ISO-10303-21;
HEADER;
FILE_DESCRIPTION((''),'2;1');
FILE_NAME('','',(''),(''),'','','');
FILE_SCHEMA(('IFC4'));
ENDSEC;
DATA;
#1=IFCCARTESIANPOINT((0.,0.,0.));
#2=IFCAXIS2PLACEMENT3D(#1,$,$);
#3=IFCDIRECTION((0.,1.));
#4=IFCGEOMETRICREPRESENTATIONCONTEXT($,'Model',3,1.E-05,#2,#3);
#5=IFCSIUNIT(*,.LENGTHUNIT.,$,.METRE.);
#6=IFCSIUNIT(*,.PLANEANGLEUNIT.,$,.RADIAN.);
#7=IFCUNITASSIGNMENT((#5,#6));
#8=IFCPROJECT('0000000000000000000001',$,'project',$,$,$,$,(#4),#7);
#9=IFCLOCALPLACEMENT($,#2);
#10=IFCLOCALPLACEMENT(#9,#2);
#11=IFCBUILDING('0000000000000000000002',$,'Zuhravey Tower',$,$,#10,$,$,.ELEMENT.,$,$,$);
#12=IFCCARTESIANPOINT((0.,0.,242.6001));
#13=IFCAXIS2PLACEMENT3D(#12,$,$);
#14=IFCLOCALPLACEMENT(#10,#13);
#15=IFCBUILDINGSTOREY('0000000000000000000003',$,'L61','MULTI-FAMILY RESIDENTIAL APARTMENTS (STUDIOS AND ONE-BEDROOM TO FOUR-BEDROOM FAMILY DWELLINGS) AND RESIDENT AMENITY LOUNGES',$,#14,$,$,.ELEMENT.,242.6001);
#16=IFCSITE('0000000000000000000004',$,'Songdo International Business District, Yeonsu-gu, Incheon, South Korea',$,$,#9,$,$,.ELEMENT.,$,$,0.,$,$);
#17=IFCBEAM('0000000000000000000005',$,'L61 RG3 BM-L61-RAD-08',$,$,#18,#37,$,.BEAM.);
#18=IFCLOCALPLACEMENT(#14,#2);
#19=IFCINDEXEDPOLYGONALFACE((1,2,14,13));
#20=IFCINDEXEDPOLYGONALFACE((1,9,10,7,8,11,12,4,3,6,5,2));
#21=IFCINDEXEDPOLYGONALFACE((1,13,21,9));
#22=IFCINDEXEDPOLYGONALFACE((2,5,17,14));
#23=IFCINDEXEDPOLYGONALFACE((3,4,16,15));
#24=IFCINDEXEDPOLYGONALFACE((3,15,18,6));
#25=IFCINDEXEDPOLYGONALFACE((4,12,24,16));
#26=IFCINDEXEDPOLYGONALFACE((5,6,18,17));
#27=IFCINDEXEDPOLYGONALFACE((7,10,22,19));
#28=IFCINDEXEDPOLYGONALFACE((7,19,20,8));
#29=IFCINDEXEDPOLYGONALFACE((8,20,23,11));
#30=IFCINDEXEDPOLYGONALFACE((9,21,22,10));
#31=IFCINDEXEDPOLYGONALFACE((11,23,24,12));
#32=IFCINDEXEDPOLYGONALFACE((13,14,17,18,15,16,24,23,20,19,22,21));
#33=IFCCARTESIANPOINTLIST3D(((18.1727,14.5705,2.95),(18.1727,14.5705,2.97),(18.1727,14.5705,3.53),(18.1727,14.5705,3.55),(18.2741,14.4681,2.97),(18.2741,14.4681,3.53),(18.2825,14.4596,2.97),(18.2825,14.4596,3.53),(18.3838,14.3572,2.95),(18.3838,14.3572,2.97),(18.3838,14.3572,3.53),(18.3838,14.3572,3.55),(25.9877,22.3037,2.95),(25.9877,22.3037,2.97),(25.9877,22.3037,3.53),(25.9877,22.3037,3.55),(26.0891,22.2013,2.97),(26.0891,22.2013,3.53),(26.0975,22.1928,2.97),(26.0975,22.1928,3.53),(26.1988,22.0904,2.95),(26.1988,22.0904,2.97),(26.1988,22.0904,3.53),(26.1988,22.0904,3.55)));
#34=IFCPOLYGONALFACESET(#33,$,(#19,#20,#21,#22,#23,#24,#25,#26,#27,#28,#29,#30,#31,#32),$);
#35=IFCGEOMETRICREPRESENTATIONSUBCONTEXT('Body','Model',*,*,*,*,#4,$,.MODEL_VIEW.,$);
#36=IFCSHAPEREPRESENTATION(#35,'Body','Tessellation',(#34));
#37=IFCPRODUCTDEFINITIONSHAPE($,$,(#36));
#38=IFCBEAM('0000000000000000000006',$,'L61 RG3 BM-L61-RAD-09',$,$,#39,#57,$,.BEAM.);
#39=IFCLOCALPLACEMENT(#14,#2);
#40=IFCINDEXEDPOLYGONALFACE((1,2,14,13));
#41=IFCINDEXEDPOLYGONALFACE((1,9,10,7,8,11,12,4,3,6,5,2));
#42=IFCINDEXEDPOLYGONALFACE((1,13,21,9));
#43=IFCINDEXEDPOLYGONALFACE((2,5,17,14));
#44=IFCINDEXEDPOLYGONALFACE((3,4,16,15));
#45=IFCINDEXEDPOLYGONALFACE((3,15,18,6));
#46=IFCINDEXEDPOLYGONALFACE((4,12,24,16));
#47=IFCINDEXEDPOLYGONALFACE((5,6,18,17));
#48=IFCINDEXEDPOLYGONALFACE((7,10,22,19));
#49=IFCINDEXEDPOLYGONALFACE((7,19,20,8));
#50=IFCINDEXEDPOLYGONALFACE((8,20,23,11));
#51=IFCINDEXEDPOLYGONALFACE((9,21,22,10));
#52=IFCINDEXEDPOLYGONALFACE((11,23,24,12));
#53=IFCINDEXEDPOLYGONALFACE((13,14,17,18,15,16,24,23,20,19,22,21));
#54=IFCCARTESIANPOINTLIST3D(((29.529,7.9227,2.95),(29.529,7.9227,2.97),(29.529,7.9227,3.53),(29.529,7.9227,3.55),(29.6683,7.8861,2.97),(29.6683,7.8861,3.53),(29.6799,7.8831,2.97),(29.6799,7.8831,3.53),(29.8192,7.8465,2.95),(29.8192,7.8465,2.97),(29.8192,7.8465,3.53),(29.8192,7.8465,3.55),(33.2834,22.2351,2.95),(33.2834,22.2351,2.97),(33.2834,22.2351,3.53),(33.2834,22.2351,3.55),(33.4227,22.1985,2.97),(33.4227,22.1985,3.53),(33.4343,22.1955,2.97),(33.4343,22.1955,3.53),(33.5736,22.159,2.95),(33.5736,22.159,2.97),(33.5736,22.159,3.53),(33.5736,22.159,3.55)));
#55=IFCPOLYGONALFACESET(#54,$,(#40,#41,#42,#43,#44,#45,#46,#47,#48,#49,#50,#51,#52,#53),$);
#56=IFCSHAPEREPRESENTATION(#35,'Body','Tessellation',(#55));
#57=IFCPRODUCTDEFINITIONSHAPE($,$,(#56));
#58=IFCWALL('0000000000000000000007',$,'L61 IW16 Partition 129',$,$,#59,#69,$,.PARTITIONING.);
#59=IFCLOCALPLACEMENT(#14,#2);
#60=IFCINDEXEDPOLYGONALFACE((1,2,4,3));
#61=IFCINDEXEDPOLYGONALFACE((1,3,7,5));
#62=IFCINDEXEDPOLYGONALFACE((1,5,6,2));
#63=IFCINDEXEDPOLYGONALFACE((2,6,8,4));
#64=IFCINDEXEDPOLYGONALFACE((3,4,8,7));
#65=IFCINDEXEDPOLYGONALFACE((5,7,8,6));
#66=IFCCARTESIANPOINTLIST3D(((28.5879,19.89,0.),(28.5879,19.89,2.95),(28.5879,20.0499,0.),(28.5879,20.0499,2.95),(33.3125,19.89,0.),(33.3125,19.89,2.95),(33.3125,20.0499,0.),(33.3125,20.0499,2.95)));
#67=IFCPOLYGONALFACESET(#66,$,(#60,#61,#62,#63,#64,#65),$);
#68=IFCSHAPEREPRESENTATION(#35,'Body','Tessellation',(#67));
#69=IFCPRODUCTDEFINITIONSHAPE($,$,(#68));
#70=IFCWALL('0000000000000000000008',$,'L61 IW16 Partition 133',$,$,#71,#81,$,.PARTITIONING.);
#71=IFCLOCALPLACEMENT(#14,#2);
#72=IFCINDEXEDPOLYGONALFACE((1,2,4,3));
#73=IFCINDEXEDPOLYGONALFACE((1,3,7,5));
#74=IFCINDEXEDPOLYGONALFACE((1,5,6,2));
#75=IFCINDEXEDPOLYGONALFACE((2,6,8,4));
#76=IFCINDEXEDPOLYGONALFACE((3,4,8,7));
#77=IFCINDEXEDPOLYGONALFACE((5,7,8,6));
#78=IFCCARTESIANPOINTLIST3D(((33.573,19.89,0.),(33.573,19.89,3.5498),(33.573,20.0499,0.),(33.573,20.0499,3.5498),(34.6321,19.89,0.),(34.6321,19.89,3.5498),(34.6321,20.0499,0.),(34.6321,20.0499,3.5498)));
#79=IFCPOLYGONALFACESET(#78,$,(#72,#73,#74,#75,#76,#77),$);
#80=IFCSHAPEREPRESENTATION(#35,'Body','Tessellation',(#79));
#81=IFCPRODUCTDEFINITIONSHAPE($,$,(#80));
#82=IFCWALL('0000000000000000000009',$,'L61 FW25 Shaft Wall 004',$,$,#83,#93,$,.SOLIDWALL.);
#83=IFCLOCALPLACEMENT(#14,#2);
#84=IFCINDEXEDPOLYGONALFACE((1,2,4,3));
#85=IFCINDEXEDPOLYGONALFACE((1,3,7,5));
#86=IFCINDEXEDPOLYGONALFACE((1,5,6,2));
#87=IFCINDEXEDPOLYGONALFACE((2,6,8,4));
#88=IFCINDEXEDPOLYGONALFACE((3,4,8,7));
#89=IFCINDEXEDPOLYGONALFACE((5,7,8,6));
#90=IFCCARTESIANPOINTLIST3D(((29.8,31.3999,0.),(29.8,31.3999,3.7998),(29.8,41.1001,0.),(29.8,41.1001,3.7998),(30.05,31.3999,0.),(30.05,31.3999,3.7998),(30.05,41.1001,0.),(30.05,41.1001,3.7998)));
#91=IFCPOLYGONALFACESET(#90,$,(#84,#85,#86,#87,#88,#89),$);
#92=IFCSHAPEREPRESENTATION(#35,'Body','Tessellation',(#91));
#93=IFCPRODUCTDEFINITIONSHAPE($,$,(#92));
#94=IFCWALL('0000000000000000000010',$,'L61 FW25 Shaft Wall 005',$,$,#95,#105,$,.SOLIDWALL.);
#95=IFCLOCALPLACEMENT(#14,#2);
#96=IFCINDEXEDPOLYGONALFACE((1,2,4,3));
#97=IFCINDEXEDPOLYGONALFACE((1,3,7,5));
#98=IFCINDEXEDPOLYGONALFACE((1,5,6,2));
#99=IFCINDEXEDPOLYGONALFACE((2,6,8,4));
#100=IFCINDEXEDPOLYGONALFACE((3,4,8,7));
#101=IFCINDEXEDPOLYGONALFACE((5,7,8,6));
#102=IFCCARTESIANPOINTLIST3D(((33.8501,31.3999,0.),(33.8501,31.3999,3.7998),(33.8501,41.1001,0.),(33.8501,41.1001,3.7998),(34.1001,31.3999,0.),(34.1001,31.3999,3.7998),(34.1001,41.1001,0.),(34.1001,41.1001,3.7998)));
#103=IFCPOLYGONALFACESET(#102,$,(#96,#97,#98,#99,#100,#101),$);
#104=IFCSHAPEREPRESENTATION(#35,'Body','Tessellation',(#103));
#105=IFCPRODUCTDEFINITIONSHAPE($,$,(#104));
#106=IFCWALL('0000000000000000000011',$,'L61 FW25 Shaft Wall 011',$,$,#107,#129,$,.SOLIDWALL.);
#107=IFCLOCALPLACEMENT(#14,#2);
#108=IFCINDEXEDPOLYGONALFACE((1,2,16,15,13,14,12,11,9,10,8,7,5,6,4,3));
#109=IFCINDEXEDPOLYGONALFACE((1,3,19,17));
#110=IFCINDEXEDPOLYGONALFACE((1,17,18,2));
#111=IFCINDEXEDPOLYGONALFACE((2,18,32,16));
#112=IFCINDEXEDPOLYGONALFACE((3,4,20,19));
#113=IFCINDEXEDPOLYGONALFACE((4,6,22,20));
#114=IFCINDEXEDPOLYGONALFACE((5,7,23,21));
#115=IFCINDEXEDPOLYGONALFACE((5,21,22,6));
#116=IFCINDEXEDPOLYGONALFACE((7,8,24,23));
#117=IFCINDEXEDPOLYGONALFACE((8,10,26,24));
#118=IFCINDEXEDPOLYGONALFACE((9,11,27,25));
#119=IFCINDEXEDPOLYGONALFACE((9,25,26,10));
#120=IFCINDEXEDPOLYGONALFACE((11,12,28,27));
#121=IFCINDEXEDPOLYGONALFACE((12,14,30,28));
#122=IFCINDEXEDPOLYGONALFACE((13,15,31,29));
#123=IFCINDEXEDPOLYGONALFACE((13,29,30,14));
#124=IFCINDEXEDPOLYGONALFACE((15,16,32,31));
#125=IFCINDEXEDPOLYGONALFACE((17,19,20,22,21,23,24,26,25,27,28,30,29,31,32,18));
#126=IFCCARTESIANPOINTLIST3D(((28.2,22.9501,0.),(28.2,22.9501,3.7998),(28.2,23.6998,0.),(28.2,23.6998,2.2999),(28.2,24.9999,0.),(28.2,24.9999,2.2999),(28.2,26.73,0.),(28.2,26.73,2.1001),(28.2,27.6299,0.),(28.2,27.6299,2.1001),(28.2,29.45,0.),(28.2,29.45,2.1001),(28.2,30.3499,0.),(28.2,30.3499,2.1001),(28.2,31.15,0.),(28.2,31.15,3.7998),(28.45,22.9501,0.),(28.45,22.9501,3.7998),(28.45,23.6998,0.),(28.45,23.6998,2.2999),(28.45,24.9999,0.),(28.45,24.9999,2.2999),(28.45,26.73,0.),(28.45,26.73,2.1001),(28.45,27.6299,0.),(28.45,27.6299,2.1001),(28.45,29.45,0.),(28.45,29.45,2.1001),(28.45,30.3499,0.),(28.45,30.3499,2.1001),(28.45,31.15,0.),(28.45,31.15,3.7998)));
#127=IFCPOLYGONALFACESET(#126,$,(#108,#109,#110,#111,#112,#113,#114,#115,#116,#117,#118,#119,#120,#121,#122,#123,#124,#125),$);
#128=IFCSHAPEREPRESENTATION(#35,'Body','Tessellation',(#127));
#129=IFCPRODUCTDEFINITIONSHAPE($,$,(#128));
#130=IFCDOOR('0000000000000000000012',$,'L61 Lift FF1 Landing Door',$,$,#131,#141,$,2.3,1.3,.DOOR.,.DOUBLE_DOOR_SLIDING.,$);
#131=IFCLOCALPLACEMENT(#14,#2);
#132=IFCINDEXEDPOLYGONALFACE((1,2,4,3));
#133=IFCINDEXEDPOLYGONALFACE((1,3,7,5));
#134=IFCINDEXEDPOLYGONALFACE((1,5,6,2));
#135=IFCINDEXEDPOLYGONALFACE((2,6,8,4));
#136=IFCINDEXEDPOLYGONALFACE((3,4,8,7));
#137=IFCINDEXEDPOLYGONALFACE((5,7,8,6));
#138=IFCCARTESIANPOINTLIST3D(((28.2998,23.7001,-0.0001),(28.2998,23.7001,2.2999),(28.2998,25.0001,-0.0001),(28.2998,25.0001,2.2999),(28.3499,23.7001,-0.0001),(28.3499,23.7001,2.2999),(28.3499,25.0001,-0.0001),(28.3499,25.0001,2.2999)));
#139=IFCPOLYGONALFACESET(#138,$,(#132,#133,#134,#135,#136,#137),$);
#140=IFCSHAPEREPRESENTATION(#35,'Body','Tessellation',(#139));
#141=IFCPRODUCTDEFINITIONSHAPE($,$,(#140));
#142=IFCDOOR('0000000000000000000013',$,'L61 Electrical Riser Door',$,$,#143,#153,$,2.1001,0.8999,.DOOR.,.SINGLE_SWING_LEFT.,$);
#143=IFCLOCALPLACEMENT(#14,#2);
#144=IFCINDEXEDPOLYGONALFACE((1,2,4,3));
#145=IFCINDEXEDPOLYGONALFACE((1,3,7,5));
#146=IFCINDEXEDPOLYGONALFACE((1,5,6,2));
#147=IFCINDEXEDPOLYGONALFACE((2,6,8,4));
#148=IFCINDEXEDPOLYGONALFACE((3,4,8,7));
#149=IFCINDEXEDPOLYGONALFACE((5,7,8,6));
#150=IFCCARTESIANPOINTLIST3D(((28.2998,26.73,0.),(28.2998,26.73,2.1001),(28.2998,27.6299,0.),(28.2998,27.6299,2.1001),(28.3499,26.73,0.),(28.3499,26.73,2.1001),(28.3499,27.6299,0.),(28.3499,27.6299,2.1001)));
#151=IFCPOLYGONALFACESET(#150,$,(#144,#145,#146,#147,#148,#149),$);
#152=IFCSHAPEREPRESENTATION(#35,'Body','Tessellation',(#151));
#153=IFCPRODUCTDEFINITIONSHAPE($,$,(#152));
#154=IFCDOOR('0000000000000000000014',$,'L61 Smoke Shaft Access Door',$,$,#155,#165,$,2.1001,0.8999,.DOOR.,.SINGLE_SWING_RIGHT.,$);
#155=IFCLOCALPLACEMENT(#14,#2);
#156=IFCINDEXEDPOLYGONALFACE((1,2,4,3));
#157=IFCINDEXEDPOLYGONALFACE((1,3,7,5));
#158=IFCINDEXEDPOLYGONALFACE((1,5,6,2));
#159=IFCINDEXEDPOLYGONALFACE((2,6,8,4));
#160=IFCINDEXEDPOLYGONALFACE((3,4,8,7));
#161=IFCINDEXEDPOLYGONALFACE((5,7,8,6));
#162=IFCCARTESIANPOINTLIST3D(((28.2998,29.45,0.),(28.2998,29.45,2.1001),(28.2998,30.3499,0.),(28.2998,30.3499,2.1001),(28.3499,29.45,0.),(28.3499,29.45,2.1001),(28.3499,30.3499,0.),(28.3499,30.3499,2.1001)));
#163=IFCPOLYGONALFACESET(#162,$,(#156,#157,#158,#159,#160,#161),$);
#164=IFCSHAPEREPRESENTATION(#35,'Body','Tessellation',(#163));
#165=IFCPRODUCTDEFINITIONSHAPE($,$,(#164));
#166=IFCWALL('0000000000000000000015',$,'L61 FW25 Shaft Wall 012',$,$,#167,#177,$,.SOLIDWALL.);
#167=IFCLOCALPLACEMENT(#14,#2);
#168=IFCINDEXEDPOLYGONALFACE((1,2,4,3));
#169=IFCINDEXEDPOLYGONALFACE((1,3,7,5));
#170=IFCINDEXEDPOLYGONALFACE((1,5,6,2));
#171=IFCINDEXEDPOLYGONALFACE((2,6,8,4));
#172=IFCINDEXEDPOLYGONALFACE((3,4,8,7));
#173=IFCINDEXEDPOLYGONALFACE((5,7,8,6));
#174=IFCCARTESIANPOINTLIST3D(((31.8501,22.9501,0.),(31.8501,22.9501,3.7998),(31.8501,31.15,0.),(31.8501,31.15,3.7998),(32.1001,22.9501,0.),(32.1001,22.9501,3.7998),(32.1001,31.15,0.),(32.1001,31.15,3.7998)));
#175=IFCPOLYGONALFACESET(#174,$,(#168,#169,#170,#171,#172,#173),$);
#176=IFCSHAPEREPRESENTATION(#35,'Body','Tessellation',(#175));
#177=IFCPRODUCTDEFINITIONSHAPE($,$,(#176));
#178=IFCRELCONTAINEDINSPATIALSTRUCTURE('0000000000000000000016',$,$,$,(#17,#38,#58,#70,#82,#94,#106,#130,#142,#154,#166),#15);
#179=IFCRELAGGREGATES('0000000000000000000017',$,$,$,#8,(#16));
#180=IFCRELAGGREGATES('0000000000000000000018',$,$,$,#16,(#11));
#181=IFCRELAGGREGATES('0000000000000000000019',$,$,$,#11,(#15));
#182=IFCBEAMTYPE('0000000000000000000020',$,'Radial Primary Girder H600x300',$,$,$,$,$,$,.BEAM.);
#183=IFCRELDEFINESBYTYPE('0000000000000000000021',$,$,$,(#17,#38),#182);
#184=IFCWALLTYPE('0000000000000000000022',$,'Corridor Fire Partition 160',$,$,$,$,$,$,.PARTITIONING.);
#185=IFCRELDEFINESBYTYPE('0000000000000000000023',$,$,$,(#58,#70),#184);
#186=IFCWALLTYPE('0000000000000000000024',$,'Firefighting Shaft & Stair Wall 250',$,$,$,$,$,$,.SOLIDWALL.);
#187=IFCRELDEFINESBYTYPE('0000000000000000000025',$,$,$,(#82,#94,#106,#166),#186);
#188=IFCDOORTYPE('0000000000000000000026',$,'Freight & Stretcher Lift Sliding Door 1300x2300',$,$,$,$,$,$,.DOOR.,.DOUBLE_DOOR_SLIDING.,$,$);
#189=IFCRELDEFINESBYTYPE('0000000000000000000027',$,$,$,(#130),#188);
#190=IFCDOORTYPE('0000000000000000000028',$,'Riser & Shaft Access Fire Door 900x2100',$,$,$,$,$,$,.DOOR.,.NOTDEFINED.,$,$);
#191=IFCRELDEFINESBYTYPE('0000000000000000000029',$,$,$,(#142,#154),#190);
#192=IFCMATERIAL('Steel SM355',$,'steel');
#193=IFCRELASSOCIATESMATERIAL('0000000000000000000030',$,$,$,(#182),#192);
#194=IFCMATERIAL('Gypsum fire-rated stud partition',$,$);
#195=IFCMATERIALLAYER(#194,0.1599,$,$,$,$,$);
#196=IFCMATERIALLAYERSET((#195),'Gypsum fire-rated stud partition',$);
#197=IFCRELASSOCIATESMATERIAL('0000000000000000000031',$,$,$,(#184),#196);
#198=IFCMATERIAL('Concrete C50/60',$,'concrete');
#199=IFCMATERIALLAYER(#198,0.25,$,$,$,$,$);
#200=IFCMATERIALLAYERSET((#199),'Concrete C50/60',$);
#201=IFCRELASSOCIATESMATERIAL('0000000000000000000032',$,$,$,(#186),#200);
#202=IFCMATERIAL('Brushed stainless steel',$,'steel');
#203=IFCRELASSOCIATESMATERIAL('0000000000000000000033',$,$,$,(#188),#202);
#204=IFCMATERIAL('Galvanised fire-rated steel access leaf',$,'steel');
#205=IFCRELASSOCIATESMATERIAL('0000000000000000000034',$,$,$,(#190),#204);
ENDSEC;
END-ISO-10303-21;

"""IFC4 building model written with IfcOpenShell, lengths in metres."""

from ifc_helpers import new_model, si_unit, direction, frame, frame_2d, origin, origin_2d, place, context, subcontext, project, spatial, rectangle, i_section, extrude, material, layer, layer_set, material_profile, profile_set, type_object, element, fill, save


model = new_model("IFC4")

# Units and contexts
model_context = context("Model", 3, precision=1e-05, world=origin(), true_north=direction((0.0, 1.0)))
body_context = subcontext(model_context, "Body", "Model", "MODEL_VIEW")
ifc_project = project(units=[si_unit("LENGTHUNIT", "METRE"), si_unit("PLANEANGLEUNIT", "RADIAN")], contexts=[model_context])

# Site, building, storey
site_placement = place(None, origin())
site = spatial("IfcSite", under=ifc_project, at=site_placement, Name="Songdo International Business District, Yeonsu-gu, Incheon, South Korea", CompositionType="ELEMENT", RefElevation=0.0)
building_placement = place(site_placement, origin())
building = spatial("IfcBuilding", under=site, at=building_placement, Name="Zuhravey Tower", CompositionType="ELEMENT")
storey_placement = place(building_placement, frame((0.0, 0.0, 242.6001)))
storey = spatial("IfcBuildingStorey", under=building, at=storey_placement, Name="L61", Description="MULTI-FAMILY RESIDENTIAL APARTMENTS (STUDIOS AND ONE-BEDROOM TO FOUR-BEDROOM FAMILY DWELLINGS) AND RESIDENT AMENITY LOUNGES", CompositionType="ELEMENT", Elevation=242.6001)

# Beams
ifc_material_1 = material(Name="Steel SM355", Category="steel")
ifc_material_profile = material_profile(ifc_material_1, i_section(OverallWidth=0.3, OverallDepth=0.6001, WebThickness=0.012, FlangeThickness=0.02, at=origin_2d()), Name="H-600x300x12x20")
ifc_profile_set = profile_set([ifc_material_profile], Name="Steel SM355")
beam_type = type_object("IfcBeamType", Name="Radial Primary Girder H600x300", PredefinedType="BEAM", material=ifc_profile_set)
beam_1_placement = place(storey_placement, frame((26.0933, 22.197, 3.25), z_axis=(-0.710817, -0.703377, 0.0), x_axis=(0.703377, -0.710817, 0.0)))
element("IfcBeam", 1, at=beam_1_placement, inside=storey, type_object=beam_type, Name="L61 RG3 BM-L61-RAD-08", PredefinedType="BEAM", context=body_context, shape_type="SweptSolid", body=[
    extrude(i_section(OverallWidth=0.3, OverallDepth=0.6001, WebThickness=0.012, FlangeThickness=0.02, at=origin_2d()), origin(), (0.0, 0.0, 1.0), 10.9944),
])
beam_2_placement = place(storey_placement, frame((33.4285, 22.197, 3.25), z_axis=(-0.253731, -0.967275, 0.0), x_axis=(0.967275, -0.253731, 0.0)))
element("IfcBeam", 2, at=beam_2_placement, inside=storey, type_object=beam_type, Name="L61 RG3 BM-L61-RAD-09", PredefinedType="BEAM", context=body_context, shape_type="SweptSolid", body=[
    extrude(i_section(OverallWidth=0.3, OverallDepth=0.6001, WebThickness=0.012, FlangeThickness=0.02, at=origin_2d()), origin(), (0.0, 0.0, 1.0), 14.7966),
])

# Walls
ifc_material_2 = material(Name="Gypsum fire-rated stud partition")
ifc_layer_1 = layer(ifc_material_2, 0.1599)
ifc_layer_set_1 = layer_set([ifc_layer_1], Name="Gypsum fire-rated stud partition")
wall_type_1 = type_object("IfcWallType", Name="Corridor Fire Partition 160", PredefinedType="PARTITIONING", material=ifc_layer_set_1)
wall_1_placement = place(storey_placement, frame((28.5879, 19.97, 0.0), z_axis=(0.0, 0.0, 1.0), x_axis=(1.0, 0.0, 0.0)))
element("IfcWall", 3, at=wall_1_placement, inside=storey, type_object=wall_type_1, Name="L61 IW16 Partition 129", PredefinedType="PARTITIONING", context=body_context, shape_type="SweptSolid", body=[
    extrude(rectangle(XDim=4.7246, YDim=0.1599, at=frame_2d((2.3623, 0.0))), origin(), (0.0, 0.0, 1.0), 2.95),
])
wall_2_placement = place(storey_placement, frame((33.573, 19.97, 0.0), z_axis=(0.0, 0.0, 1.0), x_axis=(1.0, 0.0, 0.0)))
element("IfcWall", 4, at=wall_2_placement, inside=storey, type_object=wall_type_1, Name="L61 IW16 Partition 133", PredefinedType="PARTITIONING", context=body_context, shape_type="SweptSolid", body=[
    extrude(rectangle(XDim=1.0591, YDim=0.1599, at=frame_2d((0.5295, 0.0))), origin(), (0.0, 0.0, 1.0), 3.5498),
])

# Shared definitions
ifc_material_3 = material(Name="Concrete C50/60", Category="concrete")
ifc_layer_2 = layer(ifc_material_3, 0.25)
ifc_layer_set_2 = layer_set([ifc_layer_2], Name="Concrete C50/60")
wall_type_2 = type_object("IfcWallType", Name="Firefighting Shaft & Stair Wall 250", PredefinedType="SOLIDWALL", material=ifc_layer_set_2)

# Walls
for number, where, z_axis, x_axis, name in (
    (5, (29.925, 31.3999, 0.0), (0.0, 0.0, 1.0), (0.0, 1.0, 0.0), "L61 FW25 Shaft Wall 004"),
    (6, (33.9751, 31.3999, 0.0), (0.0, 0.0, 1.0), (0.0, 1.0, 0.0), "L61 FW25 Shaft Wall 005"),
):
    element("IfcWall", number, at=place(storey_placement, frame(where, z_axis=z_axis, x_axis=x_axis)), inside=storey, type_object=wall_type_2, Name=name, PredefinedType="SOLIDWALL", context=body_context, shape_type="SweptSolid", body=[
        extrude(rectangle(XDim=9.7002, YDim=0.25, at=frame_2d((4.8501, 0.0))), origin(), (0.0, 0.0, 1.0), 3.7998),
    ])

# Wall, openings, doors
wall_3_placement = place(storey_placement, frame((28.325, 22.95, 0.0), z_axis=(0.0, 0.0, 1.0), x_axis=(0.0, 1.0, 0.0)))
wall_3 = element("IfcWall", 7, at=wall_3_placement, inside=storey, type_object=wall_type_2, Name="L61 FW25 Shaft Wall 011", PredefinedType="SOLIDWALL", context=body_context, shape_type="SweptSolid", body=[
    extrude(rectangle(XDim=8.2, YDim=0.25, at=frame_2d((4.1001, 0.0))), origin(), (0.0, 0.0, 1.0), 3.7998),
])
opening_1_placement = place(wall_3_placement, frame((0.75, 0.0, 0.0)))
opening_1 = element("IfcOpeningElement", 8, at=opening_1_placement, cuts=wall_3, PredefinedType="OPENING", context=body_context, shape_type="SweptSolid", body=[
    extrude(rectangle(XDim=1.3, YDim=2.3, at=frame_2d((0.6499, 1.1499))), frame((0.0, 0.137, 0.0), z_axis=(0.0, -1.0, 0.0), x_axis=(1.0, 0.0, 0.0)), (0.0, 0.0, 1.0), 0.2739),
])
opening_2_placement = place(wall_3_placement, frame((3.78, 0.0, 0.0)))
opening_2 = element("IfcOpeningElement", 9, at=opening_2_placement, cuts=wall_3, PredefinedType="OPENING", context=body_context, shape_type="SweptSolid", body=[
    extrude(rectangle(XDim=0.8999, YDim=2.1001, at=frame_2d((0.45, 1.05))), frame((0.0, 0.137, 0.0), z_axis=(0.0, -1.0, 0.0), x_axis=(1.0, 0.0, 0.0)), (0.0, 0.0, 1.0), 0.2739),
])
opening_3_placement = place(wall_3_placement, frame((6.5, 0.0, 0.0)))
opening_3 = element("IfcOpeningElement", 10, at=opening_3_placement, cuts=wall_3, PredefinedType="OPENING", context=body_context, shape_type="SweptSolid", body=[
    extrude(rectangle(XDim=0.8999, YDim=2.1001, at=frame_2d((0.45, 1.05))), frame((0.0, 0.137, 0.0), z_axis=(0.0, -1.0, 0.0), x_axis=(1.0, 0.0, 0.0)), (0.0, 0.0, 1.0), 0.2739),
])
ifc_material_4 = material(Name="Brushed stainless steel", Category="steel")
door_type_1 = type_object("IfcDoorType", Name="Freight & Stretcher Lift Sliding Door 1300x2300", OperationType="DOUBLE_DOOR_SLIDING", PredefinedType="DOOR", material=ifc_material_4)
door_1_placement = place(opening_1_placement, frame((1.3, 0.0, 0.0), z_axis=(0.0, 0.0, 1.0), x_axis=(-1.0, 0.0, 0.0)))
door_1 = element("IfcDoor", 11, at=door_1_placement, inside=storey, type_object=door_type_1, Name="L61 Lift FF1 Landing Door", OperationType="DOUBLE_DOOR_SLIDING", OverallHeight=2.3, OverallWidth=1.3, PredefinedType="DOOR", context=body_context, shape_type="SweptSolid", body=[
    extrude(rectangle(XDim=1.3, YDim=2.3, at=frame_2d((0.6499, 1.1499))), frame((0.0, 0.0249, 0.0), z_axis=(0.0, -1.0, 0.0), x_axis=(1.0, 0.0, 0.0)), (0.0, 0.0, 1.0), 0.05),
])
fill(opening_1, door_1)
ifc_material_5 = material(Name="Galvanised fire-rated steel access leaf", Category="steel")
door_type_2 = type_object("IfcDoorType", Name="Riser & Shaft Access Fire Door 900x2100", OperationType="NOTDEFINED", PredefinedType="DOOR", material=ifc_material_5)
door_2_placement = place(opening_2_placement, frame((0.8999, 0.0, 0.0), z_axis=(0.0, 0.0, 1.0), x_axis=(-1.0, 0.0, 0.0)))
door_2 = element("IfcDoor", 12, at=door_2_placement, inside=storey, type_object=door_type_2, Name="L61 Electrical Riser Door", OperationType="SINGLE_SWING_LEFT", OverallHeight=2.1001, OverallWidth=0.8999, PredefinedType="DOOR", context=body_context, shape_type="SweptSolid", body=[
    extrude(rectangle(XDim=0.8999, YDim=2.1001, at=frame_2d((0.45, 1.05))), frame((0.0, 0.0249, 0.0), z_axis=(0.0, -1.0, 0.0), x_axis=(1.0, 0.0, 0.0)), (0.0, 0.0, 1.0), 0.05),
])
fill(opening_2, door_2)
door_3_placement = place(opening_3_placement, frame((0.8999, 0.0, 0.0), z_axis=(0.0, 0.0, 1.0), x_axis=(-1.0, 0.0, 0.0)))
door_3 = element("IfcDoor", 13, at=door_3_placement, inside=storey, type_object=door_type_2, Name="L61 Smoke Shaft Access Door", OperationType="SINGLE_SWING_RIGHT", OverallHeight=2.1001, OverallWidth=0.8999, PredefinedType="DOOR", context=body_context, shape_type="SweptSolid", body=[
    extrude(rectangle(XDim=0.8999, YDim=2.1001, at=frame_2d((0.45, 1.05))), frame((0.0, 0.0249, 0.0), z_axis=(0.0, -1.0, 0.0), x_axis=(1.0, 0.0, 0.0)), (0.0, 0.0, 1.0), 0.05),
])
fill(opening_3, door_3)

# Wall
wall_4_placement = place(storey_placement, frame((31.9751, 22.95, 0.0), z_axis=(0.0, 0.0, 1.0), x_axis=(0.0, 1.0, 0.0)))
element("IfcWall", 14, at=wall_4_placement, inside=storey, type_object=wall_type_2, Name="L61 FW25 Shaft Wall 012", PredefinedType="SOLIDWALL", context=body_context, shape_type="SweptSolid", body=[
    extrude(rectangle(XDim=8.2, YDim=0.25, at=frame_2d((4.1001, 0.0))), origin(), (0.0, 0.0, 1.0), 3.7998),
])

save(model, "model.ifc")
